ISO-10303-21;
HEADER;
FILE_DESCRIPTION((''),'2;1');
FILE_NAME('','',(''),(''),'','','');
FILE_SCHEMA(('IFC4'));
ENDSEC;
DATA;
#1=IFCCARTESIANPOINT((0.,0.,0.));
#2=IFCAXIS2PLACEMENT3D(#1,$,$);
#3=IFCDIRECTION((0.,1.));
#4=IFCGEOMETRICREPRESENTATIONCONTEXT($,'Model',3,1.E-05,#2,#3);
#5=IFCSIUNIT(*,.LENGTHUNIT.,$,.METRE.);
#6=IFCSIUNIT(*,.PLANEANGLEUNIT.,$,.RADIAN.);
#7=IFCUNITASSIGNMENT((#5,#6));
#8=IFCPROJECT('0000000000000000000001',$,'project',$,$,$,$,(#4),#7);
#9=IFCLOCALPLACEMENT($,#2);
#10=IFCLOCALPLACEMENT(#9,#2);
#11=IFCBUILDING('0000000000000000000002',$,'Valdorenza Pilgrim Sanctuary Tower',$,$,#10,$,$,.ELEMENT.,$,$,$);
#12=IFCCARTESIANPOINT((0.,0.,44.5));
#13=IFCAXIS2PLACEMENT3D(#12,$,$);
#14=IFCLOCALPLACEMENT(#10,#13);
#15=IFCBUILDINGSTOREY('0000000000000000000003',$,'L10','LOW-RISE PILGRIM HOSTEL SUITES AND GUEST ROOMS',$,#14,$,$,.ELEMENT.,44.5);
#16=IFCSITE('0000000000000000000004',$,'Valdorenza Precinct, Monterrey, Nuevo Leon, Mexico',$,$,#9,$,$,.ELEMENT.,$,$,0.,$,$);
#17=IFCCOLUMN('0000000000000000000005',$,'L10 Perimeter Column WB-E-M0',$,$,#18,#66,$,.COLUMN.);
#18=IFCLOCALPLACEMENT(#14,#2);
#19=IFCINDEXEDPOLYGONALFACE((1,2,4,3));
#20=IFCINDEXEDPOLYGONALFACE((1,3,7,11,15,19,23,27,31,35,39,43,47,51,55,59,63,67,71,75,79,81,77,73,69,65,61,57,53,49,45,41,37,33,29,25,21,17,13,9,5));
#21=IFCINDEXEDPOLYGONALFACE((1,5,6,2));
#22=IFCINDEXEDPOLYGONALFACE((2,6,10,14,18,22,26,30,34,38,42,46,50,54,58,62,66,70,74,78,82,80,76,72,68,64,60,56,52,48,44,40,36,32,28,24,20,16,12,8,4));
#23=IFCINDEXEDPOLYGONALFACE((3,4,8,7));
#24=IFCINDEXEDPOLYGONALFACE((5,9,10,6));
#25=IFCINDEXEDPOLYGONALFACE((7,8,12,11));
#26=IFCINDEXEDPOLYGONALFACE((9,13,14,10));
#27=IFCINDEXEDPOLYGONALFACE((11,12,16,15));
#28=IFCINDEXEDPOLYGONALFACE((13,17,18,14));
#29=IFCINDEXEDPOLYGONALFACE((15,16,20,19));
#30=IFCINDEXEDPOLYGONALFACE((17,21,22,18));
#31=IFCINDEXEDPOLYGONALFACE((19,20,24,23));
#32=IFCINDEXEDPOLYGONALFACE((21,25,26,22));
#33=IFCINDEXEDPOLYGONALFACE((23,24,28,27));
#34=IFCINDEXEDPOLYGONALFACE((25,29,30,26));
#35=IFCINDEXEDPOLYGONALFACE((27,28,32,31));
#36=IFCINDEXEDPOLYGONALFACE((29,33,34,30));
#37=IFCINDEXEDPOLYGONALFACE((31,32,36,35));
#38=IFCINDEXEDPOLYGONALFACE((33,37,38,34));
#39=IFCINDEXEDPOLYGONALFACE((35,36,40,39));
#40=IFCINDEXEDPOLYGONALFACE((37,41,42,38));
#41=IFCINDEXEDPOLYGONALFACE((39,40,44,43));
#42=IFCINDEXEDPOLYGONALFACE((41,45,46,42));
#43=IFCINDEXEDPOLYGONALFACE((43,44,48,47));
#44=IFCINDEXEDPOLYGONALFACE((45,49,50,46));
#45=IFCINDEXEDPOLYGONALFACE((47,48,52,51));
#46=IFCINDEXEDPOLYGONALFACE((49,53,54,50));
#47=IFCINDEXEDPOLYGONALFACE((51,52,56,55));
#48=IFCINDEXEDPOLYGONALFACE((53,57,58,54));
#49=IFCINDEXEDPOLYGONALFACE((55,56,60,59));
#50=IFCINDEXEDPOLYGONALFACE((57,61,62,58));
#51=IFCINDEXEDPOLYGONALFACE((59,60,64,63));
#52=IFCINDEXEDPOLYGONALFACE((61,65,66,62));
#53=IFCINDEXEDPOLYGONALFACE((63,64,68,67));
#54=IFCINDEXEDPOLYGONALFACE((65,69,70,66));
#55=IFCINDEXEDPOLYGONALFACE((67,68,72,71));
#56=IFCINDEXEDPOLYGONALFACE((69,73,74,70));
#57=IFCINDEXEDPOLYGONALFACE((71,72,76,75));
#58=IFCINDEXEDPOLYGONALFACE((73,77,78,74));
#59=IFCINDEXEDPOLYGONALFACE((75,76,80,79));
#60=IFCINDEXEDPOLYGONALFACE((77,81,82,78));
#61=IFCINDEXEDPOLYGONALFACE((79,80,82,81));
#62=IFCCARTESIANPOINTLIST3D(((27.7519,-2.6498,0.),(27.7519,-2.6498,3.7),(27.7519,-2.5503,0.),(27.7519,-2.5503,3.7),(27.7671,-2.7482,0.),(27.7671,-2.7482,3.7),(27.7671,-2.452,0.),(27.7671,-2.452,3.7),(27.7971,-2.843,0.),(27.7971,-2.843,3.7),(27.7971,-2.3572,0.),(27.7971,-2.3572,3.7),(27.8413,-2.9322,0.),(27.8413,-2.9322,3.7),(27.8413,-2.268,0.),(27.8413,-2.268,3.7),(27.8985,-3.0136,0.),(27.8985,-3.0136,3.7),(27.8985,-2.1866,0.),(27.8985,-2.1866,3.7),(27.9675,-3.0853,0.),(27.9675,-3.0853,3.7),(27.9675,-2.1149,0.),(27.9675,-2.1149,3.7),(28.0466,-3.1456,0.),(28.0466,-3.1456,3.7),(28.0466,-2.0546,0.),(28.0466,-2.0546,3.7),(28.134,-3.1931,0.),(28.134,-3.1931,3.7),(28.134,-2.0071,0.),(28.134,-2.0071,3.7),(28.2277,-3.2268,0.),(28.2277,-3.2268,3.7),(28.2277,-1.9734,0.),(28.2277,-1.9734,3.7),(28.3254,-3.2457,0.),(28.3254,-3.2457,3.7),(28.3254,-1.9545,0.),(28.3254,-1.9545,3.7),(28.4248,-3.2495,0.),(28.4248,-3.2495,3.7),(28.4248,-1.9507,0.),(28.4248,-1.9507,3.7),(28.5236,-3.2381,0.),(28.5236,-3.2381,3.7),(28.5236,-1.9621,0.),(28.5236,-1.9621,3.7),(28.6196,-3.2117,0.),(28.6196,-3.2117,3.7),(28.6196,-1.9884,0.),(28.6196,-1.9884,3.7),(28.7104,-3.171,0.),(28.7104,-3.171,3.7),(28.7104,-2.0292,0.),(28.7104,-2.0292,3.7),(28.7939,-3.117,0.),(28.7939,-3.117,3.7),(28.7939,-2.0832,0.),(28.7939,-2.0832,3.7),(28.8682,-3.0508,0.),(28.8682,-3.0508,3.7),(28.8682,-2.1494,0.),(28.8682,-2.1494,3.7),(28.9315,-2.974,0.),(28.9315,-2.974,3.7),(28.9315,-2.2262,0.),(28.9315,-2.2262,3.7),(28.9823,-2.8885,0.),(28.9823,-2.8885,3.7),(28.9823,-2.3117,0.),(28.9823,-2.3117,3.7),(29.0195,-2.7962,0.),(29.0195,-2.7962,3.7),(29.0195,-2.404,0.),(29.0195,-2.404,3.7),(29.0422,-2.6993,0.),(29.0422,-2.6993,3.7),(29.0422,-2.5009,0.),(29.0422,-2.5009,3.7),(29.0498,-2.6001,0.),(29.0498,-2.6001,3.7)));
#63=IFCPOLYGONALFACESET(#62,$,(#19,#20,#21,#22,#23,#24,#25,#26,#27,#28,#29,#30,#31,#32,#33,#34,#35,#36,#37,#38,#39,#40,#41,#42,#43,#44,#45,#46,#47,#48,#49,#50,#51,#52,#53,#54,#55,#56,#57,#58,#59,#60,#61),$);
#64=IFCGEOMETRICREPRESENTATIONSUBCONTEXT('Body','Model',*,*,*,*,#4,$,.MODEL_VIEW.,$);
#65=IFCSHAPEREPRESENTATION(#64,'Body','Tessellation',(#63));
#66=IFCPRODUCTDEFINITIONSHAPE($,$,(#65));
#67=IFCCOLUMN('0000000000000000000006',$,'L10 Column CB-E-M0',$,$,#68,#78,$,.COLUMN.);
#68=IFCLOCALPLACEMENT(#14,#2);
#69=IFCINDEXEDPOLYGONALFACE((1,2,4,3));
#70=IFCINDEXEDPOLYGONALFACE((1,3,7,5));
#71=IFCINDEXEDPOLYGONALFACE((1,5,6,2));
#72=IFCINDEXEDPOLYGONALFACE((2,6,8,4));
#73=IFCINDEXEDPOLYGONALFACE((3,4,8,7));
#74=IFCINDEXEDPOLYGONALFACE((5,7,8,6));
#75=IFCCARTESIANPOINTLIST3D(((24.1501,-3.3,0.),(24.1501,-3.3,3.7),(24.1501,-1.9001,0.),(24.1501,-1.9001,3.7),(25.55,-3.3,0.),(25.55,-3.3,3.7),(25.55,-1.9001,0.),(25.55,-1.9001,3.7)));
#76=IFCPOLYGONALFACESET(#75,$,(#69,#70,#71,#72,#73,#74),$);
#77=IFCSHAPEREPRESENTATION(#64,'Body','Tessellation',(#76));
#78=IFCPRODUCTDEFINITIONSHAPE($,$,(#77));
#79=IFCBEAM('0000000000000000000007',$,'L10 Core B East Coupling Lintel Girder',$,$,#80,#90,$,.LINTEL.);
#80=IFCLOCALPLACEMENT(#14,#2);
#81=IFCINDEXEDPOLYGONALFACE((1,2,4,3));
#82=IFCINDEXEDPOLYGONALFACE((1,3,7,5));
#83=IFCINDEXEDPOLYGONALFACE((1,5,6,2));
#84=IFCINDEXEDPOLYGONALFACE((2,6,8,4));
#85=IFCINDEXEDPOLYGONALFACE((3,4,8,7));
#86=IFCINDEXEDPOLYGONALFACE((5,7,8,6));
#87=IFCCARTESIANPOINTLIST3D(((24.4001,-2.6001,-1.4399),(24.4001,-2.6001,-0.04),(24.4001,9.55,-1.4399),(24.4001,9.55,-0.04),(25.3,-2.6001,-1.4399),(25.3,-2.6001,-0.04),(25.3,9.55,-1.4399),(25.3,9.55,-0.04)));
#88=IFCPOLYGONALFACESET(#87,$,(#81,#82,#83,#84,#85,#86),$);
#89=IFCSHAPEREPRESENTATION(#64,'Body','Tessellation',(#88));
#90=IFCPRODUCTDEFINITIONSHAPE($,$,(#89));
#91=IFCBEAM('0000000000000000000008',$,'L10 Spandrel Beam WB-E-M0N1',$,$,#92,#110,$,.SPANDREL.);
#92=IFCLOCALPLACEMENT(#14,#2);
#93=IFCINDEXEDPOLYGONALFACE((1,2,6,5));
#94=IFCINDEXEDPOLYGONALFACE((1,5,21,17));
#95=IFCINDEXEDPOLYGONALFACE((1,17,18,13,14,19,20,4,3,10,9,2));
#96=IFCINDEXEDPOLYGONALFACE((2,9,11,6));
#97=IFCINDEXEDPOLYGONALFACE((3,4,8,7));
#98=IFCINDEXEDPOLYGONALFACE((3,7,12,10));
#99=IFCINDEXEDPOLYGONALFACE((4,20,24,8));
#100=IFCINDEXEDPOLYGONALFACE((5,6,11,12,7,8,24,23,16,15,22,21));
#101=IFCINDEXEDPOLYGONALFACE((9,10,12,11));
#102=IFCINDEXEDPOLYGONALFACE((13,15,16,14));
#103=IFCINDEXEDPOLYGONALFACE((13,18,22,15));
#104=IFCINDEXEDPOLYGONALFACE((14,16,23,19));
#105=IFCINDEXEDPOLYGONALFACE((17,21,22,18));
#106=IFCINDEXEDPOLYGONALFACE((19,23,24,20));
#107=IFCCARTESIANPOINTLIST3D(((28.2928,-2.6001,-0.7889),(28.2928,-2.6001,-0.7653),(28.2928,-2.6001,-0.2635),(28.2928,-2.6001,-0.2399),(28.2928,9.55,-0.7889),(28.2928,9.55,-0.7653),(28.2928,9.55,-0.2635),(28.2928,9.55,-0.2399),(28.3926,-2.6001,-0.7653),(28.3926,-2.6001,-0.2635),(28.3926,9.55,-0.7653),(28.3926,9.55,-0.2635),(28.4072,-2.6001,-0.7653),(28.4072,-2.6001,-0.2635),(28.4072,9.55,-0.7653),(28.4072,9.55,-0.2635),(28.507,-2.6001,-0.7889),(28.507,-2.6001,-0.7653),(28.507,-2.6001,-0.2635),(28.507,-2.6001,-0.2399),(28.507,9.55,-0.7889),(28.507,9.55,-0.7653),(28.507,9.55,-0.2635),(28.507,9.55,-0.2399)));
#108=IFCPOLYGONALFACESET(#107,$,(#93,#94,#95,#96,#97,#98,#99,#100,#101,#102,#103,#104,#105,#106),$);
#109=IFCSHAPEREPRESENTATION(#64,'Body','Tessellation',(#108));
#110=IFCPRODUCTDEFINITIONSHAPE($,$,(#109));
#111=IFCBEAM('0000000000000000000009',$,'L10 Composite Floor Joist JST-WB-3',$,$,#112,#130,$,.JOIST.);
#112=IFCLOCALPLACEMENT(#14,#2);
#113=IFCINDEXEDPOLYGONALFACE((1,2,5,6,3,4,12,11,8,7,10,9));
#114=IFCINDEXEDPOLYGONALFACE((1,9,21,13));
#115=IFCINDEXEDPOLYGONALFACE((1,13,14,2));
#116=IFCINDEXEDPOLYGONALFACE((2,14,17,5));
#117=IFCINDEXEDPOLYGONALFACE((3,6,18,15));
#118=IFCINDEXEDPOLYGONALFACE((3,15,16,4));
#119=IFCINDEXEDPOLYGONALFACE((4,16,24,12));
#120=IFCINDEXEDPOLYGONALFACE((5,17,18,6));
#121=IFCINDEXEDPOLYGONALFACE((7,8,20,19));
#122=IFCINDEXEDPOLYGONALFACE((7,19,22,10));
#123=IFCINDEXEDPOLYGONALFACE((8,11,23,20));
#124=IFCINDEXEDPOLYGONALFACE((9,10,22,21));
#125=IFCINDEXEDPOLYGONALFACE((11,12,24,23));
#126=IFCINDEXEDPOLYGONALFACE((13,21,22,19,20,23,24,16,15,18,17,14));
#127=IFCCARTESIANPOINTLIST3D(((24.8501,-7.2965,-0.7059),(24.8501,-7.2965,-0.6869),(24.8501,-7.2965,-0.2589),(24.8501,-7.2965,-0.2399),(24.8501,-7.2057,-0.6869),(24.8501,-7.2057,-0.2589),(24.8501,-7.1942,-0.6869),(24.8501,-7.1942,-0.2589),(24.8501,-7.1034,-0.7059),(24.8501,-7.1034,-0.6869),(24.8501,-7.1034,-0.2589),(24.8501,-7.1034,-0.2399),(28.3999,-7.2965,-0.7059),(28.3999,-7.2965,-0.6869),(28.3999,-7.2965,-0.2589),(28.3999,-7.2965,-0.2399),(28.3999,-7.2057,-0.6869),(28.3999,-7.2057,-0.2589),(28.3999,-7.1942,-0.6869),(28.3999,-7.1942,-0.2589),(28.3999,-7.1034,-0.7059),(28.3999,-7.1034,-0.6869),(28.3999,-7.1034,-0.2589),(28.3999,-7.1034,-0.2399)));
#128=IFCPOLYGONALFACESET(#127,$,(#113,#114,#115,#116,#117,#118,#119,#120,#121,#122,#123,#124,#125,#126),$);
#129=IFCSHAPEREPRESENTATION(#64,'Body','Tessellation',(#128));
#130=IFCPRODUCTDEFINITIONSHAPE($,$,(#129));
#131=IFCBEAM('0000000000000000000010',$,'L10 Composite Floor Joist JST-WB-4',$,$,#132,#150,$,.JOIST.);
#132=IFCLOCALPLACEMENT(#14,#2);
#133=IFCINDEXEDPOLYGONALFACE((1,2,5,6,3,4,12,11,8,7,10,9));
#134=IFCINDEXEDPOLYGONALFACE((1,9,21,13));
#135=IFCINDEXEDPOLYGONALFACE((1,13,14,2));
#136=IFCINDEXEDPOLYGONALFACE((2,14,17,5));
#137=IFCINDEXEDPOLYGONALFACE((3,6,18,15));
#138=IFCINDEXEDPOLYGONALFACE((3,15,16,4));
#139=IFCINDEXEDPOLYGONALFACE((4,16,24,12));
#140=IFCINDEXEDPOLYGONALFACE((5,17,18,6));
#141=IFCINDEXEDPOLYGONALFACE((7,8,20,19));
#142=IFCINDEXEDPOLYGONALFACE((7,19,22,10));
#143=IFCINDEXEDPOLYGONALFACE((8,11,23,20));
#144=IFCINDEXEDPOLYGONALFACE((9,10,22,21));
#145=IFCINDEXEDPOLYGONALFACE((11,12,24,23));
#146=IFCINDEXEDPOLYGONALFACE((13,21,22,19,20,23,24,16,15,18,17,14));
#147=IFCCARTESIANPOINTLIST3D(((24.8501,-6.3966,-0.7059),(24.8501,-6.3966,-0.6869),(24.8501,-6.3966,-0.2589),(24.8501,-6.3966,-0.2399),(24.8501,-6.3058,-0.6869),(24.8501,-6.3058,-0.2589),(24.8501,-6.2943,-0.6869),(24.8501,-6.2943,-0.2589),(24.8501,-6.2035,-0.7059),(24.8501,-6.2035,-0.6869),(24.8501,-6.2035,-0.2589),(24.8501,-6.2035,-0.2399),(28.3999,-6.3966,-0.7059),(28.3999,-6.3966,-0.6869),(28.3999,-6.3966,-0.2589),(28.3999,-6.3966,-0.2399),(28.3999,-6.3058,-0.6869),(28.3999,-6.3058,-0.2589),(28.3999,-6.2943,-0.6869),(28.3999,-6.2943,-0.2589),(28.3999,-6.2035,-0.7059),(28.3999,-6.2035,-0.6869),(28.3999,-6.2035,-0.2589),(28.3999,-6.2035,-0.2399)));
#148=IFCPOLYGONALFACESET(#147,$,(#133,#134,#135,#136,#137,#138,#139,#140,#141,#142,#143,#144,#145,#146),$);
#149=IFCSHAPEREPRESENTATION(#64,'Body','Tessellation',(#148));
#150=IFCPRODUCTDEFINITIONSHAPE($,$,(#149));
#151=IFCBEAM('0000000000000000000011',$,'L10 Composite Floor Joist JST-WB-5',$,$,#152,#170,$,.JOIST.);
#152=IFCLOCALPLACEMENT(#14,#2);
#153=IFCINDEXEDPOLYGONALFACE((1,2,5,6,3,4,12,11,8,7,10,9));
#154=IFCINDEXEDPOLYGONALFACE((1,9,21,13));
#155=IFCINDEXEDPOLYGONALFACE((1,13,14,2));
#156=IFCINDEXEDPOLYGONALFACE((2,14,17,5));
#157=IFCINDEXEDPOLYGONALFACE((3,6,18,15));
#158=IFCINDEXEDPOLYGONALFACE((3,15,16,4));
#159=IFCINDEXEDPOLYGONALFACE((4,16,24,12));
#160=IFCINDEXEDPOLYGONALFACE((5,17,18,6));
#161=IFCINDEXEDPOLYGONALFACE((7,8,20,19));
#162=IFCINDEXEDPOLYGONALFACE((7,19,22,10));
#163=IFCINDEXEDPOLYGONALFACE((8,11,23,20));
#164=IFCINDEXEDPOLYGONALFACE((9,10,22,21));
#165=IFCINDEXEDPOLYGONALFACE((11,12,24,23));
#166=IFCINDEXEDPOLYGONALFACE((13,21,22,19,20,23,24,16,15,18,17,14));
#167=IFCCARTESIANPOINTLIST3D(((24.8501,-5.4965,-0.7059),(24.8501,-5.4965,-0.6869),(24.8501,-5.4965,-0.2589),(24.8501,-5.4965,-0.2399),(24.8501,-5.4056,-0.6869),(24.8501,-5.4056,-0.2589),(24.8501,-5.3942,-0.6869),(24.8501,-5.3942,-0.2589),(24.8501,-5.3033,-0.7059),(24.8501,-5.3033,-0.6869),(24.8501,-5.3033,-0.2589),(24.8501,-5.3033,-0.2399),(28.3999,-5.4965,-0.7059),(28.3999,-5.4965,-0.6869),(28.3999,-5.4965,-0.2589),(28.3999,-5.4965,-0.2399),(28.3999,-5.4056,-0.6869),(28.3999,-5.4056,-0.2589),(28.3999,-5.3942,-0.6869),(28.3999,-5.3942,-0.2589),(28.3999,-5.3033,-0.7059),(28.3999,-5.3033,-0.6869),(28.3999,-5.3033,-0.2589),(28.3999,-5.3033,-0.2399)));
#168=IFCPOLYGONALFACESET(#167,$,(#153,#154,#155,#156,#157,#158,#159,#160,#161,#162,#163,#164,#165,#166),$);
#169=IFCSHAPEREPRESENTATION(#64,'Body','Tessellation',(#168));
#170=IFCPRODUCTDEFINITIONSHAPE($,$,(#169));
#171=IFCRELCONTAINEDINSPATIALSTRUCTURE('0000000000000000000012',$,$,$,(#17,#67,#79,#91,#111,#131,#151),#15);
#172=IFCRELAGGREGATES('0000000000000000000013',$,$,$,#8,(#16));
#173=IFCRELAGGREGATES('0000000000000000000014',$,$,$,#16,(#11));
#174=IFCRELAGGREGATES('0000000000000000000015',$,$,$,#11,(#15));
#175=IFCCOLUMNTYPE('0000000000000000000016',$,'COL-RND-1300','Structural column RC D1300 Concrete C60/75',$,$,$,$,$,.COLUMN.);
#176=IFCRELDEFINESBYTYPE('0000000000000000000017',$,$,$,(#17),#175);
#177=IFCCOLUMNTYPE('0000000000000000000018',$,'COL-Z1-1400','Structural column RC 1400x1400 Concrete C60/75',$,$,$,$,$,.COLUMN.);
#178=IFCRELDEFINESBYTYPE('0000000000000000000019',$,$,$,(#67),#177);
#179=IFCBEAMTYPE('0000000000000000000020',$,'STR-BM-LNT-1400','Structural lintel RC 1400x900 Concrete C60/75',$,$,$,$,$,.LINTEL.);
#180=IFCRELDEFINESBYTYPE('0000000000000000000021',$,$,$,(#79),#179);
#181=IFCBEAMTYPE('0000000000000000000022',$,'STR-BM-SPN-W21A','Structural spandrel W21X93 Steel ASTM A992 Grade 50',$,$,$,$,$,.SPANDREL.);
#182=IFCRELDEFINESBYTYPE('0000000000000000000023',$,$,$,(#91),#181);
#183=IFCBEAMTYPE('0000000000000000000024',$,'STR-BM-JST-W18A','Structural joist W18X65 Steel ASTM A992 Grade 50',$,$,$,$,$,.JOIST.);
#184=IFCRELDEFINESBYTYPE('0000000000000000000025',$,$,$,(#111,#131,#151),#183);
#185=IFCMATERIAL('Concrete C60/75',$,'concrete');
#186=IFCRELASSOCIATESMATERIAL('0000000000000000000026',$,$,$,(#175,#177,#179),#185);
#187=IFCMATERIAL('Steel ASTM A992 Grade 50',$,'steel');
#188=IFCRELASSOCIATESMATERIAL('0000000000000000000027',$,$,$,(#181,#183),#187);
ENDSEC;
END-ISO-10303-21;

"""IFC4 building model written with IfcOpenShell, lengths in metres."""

from ifc_helpers import new_model, si_unit, direction, frame, origin, origin_2d, place, context, subcontext, project, spatial, rectangle, circle, i_section, extrude, source, transform, mapped, material, material_profile, profile_set, type_object, element, save


model = new_model("IFC4")

# Units and contexts
model_context = context("Model", 3, precision=1e-05, world=origin(), true_north=direction((0.0, 1.0)))
body_context = subcontext(model_context, "Body", "Model", "MODEL_VIEW")
ifc_project = project(units=[si_unit("LENGTHUNIT", "METRE"), si_unit("PLANEANGLEUNIT", "RADIAN")], contexts=[model_context])

# Site, building, storey
site_placement = place(None, origin())
site = spatial("IfcSite", under=ifc_project, at=site_placement, Name="Valdorenza Precinct, Monterrey, Nuevo Leon, Mexico", CompositionType="ELEMENT", RefElevation=0.0)
building_placement = place(site_placement, origin())
building = spatial("IfcBuilding", under=site, at=building_placement, Name="Valdorenza Pilgrim Sanctuary Tower", CompositionType="ELEMENT")
storey_placement = place(building_placement, frame((0.0, 0.0, 44.5)))
storey = spatial("IfcBuildingStorey", under=building, at=storey_placement, Name="L10", Description="LOW-RISE PILGRIM HOSTEL SUITES AND GUEST ROOMS", CompositionType="ELEMENT", Elevation=44.5)

# Columns
ifc_material_1 = material(Name="Concrete C60/75", Category="concrete")
ifc_material_profile_1 = material_profile(ifc_material_1, circle(Radius=0.6499, at=origin_2d()), Name="RC D1300")
ifc_profile_set_1 = profile_set([ifc_material_profile_1], Name="Concrete C60/75")
column_type_1 = type_object("IfcColumnType", Name="COL-RND-1300", Description="Structural column RC D1300 Concrete C60/75", PredefinedType="COLUMN", material=ifc_profile_set_1)
shared_shape_1 = source(origin(), body_context, "Body", "SweptSolid", [
    extrude(circle(Radius=0.6499, at=origin_2d()), origin(), (0.0, 0.0, 1.0), 3.7),
])
column_1_placement = place(storey_placement, frame((28.3999, -2.6001, 0.0), z_axis=(0.0, 0.0, 1.0), x_axis=(1.0, 0.0, 0.0)))
element("IfcColumn", 1, at=column_1_placement, inside=storey, type_object=column_type_1, Name="L10 Perimeter Column WB-E-M0", PredefinedType="COLUMN", context=body_context, shape_type="MappedRepresentation", body=[
    mapped(shared_shape_1, transform((0.0, 0.0, 0.0), x_axis=(1.0, 0.0, 0.0), y_axis=(0.0, 1.0, 0.0), z_axis=(0.0, 0.0, 1.0), scale=1.0)),
])
ifc_material_profile_2 = material_profile(ifc_material_1, rectangle(XDim=1.3999, YDim=1.3999, at=origin_2d()), Name="RC 1400x1400")
ifc_profile_set_2 = profile_set([ifc_material_profile_2], Name="Concrete C60/75")
column_type_2 = type_object("IfcColumnType", Name="COL-Z1-1400", Description="Structural column RC 1400x1400 Concrete C60/75", PredefinedType="COLUMN", material=ifc_profile_set_2)
shared_shape_2 = source(origin(), body_context, "Body", "SweptSolid", [
    extrude(rectangle(XDim=1.3999, YDim=1.3999, at=origin_2d()), origin(), (0.0, 0.0, 1.0), 3.7),
])
column_2_placement = place(storey_placement, frame((24.8501, -2.6001, 0.0), z_axis=(0.0, 0.0, 1.0), x_axis=(1.0, 0.0, 0.0)))
element("IfcColumn", 2, at=column_2_placement, inside=storey, type_object=column_type_2, Name="L10 Column CB-E-M0", PredefinedType="COLUMN", context=body_context, shape_type="MappedRepresentation", body=[
    mapped(shared_shape_2, transform((0.0, 0.0, 0.0), x_axis=(1.0, 0.0, 0.0), y_axis=(0.0, 1.0, 0.0), z_axis=(0.0, 0.0, 1.0), scale=1.0)),
])

# Beams
ifc_material_profile_3 = material_profile(ifc_material_1, rectangle(XDim=0.8999, YDim=1.3999, at=origin_2d()), Name="RC 1400x900")
ifc_profile_set_3 = profile_set([ifc_material_profile_3], Name="Concrete C60/75")
beam_type_1 = type_object("IfcBeamType", Name="STR-BM-LNT-1400", Description="Structural lintel RC 1400x900 Concrete C60/75", PredefinedType="LINTEL", material=ifc_profile_set_3)
shared_shape_3 = source(origin(), body_context, "Body", "SweptSolid", [
    extrude(rectangle(XDim=0.8999, YDim=1.3999, at=origin_2d()), origin(), (0.0, 0.0, 1.0), 12.1501),
])
beam_1_placement = place(storey_placement, frame((24.8501, -2.6001, -0.74), z_axis=(0.0, 1.0, 0.0), x_axis=(-1.0, 0.0, 0.0)))
element("IfcBeam", 3, at=beam_1_placement, inside=storey, type_object=beam_type_1, Name="L10 Core B East Coupling Lintel Girder", PredefinedType="LINTEL", context=body_context, shape_type="MappedRepresentation", body=[
    mapped(shared_shape_3, transform((0.0, 0.0, 0.0), x_axis=(1.0, 0.0, 0.0), y_axis=(0.0, 1.0, 0.0), z_axis=(0.0, 0.0, 1.0), scale=1.0)),
])
ifc_material_2 = material(Name="Steel ASTM A992 Grade 50", Category="steel")
ifc_material_profile_4 = material_profile(ifc_material_2, i_section(OverallWidth=0.2141, OverallDepth=0.5491, WebThickness=0.0146, FlangeThickness=0.0237, at=origin_2d()), Name="W21X93")
ifc_profile_set_4 = profile_set([ifc_material_profile_4], Name="Steel ASTM A992 Grade 50")
beam_type_2 = type_object("IfcBeamType", Name="STR-BM-SPN-W21A", Description="Structural spandrel W21X93 Steel ASTM A992 Grade 50", PredefinedType="SPANDREL", material=ifc_profile_set_4)
shared_shape_4 = source(origin(), body_context, "Body", "SweptSolid", [
    extrude(i_section(OverallWidth=0.2141, OverallDepth=0.5491, WebThickness=0.0146, FlangeThickness=0.0237, at=origin_2d()), origin(), (0.0, 0.0, 1.0), 12.1501),
])
beam_2_placement = place(storey_placement, frame((28.3999, -2.6001, -0.5144), z_axis=(0.0, 1.0, 0.0), x_axis=(-1.0, 0.0, 0.0)))
element("IfcBeam", 4, at=beam_2_placement, inside=storey, type_object=beam_type_2, Name="L10 Spandrel Beam WB-E-M0N1", PredefinedType="SPANDREL", context=body_context, shape_type="MappedRepresentation", body=[
    mapped(shared_shape_4, transform((0.0, 0.0, 0.0), x_axis=(1.0, 0.0, 0.0), y_axis=(0.0, 1.0, 0.0), z_axis=(0.0, 0.0, 1.0), scale=1.0)),
])
ifc_material_profile_5 = material_profile(ifc_material_2, i_section(OverallWidth=0.1931, OverallDepth=0.4661, WebThickness=0.0115, FlangeThickness=0.019, at=origin_2d()), Name="W18X65")
ifc_profile_set_5 = profile_set([ifc_material_profile_5], Name="Steel ASTM A992 Grade 50")
beam_type_3 = type_object("IfcBeamType", Name="STR-BM-JST-W18A", Description="Structural joist W18X65 Steel ASTM A992 Grade 50", PredefinedType="JOIST", material=ifc_profile_set_5)
shared_shape_5 = source(origin(), body_context, "Body", "SweptSolid", [
    extrude(i_section(OverallWidth=0.1931, OverallDepth=0.4661, WebThickness=0.0115, FlangeThickness=0.019, at=origin_2d()), origin(), (0.0, 0.0, 1.0), 3.5498),
])
for number, where, z_axis, x_axis, name in (
    (5, (24.8501, -7.2, -0.4729), (1.0, 0.0, 0.0), (0.0, 1.0, 0.0), "L10 Composite Floor Joist JST-WB-3"),
    (6, (24.8501, -6.3, -0.4729), (1.0, 0.0, 0.0), (0.0, 1.0, 0.0), "L10 Composite Floor Joist JST-WB-4"),
    (7, (24.8501, -5.3999, -0.4729), (1.0, 0.0, 0.0), (0.0, 1.0, 0.0), "L10 Composite Floor Joist JST-WB-5"),
):
    element("IfcBeam", number, at=place(storey_placement, frame(where, z_axis=z_axis, x_axis=x_axis)), inside=storey, type_object=beam_type_3, Name=name, PredefinedType="JOIST", context=body_context, shape_type="MappedRepresentation", body=[
        mapped(shared_shape_5, transform((0.0, 0.0, 0.0), x_axis=(1.0, 0.0, 0.0), y_axis=(0.0, 1.0, 0.0), z_axis=(0.0, 0.0, 1.0), scale=1.0)),
    ])

save(model, "model.ifc")
